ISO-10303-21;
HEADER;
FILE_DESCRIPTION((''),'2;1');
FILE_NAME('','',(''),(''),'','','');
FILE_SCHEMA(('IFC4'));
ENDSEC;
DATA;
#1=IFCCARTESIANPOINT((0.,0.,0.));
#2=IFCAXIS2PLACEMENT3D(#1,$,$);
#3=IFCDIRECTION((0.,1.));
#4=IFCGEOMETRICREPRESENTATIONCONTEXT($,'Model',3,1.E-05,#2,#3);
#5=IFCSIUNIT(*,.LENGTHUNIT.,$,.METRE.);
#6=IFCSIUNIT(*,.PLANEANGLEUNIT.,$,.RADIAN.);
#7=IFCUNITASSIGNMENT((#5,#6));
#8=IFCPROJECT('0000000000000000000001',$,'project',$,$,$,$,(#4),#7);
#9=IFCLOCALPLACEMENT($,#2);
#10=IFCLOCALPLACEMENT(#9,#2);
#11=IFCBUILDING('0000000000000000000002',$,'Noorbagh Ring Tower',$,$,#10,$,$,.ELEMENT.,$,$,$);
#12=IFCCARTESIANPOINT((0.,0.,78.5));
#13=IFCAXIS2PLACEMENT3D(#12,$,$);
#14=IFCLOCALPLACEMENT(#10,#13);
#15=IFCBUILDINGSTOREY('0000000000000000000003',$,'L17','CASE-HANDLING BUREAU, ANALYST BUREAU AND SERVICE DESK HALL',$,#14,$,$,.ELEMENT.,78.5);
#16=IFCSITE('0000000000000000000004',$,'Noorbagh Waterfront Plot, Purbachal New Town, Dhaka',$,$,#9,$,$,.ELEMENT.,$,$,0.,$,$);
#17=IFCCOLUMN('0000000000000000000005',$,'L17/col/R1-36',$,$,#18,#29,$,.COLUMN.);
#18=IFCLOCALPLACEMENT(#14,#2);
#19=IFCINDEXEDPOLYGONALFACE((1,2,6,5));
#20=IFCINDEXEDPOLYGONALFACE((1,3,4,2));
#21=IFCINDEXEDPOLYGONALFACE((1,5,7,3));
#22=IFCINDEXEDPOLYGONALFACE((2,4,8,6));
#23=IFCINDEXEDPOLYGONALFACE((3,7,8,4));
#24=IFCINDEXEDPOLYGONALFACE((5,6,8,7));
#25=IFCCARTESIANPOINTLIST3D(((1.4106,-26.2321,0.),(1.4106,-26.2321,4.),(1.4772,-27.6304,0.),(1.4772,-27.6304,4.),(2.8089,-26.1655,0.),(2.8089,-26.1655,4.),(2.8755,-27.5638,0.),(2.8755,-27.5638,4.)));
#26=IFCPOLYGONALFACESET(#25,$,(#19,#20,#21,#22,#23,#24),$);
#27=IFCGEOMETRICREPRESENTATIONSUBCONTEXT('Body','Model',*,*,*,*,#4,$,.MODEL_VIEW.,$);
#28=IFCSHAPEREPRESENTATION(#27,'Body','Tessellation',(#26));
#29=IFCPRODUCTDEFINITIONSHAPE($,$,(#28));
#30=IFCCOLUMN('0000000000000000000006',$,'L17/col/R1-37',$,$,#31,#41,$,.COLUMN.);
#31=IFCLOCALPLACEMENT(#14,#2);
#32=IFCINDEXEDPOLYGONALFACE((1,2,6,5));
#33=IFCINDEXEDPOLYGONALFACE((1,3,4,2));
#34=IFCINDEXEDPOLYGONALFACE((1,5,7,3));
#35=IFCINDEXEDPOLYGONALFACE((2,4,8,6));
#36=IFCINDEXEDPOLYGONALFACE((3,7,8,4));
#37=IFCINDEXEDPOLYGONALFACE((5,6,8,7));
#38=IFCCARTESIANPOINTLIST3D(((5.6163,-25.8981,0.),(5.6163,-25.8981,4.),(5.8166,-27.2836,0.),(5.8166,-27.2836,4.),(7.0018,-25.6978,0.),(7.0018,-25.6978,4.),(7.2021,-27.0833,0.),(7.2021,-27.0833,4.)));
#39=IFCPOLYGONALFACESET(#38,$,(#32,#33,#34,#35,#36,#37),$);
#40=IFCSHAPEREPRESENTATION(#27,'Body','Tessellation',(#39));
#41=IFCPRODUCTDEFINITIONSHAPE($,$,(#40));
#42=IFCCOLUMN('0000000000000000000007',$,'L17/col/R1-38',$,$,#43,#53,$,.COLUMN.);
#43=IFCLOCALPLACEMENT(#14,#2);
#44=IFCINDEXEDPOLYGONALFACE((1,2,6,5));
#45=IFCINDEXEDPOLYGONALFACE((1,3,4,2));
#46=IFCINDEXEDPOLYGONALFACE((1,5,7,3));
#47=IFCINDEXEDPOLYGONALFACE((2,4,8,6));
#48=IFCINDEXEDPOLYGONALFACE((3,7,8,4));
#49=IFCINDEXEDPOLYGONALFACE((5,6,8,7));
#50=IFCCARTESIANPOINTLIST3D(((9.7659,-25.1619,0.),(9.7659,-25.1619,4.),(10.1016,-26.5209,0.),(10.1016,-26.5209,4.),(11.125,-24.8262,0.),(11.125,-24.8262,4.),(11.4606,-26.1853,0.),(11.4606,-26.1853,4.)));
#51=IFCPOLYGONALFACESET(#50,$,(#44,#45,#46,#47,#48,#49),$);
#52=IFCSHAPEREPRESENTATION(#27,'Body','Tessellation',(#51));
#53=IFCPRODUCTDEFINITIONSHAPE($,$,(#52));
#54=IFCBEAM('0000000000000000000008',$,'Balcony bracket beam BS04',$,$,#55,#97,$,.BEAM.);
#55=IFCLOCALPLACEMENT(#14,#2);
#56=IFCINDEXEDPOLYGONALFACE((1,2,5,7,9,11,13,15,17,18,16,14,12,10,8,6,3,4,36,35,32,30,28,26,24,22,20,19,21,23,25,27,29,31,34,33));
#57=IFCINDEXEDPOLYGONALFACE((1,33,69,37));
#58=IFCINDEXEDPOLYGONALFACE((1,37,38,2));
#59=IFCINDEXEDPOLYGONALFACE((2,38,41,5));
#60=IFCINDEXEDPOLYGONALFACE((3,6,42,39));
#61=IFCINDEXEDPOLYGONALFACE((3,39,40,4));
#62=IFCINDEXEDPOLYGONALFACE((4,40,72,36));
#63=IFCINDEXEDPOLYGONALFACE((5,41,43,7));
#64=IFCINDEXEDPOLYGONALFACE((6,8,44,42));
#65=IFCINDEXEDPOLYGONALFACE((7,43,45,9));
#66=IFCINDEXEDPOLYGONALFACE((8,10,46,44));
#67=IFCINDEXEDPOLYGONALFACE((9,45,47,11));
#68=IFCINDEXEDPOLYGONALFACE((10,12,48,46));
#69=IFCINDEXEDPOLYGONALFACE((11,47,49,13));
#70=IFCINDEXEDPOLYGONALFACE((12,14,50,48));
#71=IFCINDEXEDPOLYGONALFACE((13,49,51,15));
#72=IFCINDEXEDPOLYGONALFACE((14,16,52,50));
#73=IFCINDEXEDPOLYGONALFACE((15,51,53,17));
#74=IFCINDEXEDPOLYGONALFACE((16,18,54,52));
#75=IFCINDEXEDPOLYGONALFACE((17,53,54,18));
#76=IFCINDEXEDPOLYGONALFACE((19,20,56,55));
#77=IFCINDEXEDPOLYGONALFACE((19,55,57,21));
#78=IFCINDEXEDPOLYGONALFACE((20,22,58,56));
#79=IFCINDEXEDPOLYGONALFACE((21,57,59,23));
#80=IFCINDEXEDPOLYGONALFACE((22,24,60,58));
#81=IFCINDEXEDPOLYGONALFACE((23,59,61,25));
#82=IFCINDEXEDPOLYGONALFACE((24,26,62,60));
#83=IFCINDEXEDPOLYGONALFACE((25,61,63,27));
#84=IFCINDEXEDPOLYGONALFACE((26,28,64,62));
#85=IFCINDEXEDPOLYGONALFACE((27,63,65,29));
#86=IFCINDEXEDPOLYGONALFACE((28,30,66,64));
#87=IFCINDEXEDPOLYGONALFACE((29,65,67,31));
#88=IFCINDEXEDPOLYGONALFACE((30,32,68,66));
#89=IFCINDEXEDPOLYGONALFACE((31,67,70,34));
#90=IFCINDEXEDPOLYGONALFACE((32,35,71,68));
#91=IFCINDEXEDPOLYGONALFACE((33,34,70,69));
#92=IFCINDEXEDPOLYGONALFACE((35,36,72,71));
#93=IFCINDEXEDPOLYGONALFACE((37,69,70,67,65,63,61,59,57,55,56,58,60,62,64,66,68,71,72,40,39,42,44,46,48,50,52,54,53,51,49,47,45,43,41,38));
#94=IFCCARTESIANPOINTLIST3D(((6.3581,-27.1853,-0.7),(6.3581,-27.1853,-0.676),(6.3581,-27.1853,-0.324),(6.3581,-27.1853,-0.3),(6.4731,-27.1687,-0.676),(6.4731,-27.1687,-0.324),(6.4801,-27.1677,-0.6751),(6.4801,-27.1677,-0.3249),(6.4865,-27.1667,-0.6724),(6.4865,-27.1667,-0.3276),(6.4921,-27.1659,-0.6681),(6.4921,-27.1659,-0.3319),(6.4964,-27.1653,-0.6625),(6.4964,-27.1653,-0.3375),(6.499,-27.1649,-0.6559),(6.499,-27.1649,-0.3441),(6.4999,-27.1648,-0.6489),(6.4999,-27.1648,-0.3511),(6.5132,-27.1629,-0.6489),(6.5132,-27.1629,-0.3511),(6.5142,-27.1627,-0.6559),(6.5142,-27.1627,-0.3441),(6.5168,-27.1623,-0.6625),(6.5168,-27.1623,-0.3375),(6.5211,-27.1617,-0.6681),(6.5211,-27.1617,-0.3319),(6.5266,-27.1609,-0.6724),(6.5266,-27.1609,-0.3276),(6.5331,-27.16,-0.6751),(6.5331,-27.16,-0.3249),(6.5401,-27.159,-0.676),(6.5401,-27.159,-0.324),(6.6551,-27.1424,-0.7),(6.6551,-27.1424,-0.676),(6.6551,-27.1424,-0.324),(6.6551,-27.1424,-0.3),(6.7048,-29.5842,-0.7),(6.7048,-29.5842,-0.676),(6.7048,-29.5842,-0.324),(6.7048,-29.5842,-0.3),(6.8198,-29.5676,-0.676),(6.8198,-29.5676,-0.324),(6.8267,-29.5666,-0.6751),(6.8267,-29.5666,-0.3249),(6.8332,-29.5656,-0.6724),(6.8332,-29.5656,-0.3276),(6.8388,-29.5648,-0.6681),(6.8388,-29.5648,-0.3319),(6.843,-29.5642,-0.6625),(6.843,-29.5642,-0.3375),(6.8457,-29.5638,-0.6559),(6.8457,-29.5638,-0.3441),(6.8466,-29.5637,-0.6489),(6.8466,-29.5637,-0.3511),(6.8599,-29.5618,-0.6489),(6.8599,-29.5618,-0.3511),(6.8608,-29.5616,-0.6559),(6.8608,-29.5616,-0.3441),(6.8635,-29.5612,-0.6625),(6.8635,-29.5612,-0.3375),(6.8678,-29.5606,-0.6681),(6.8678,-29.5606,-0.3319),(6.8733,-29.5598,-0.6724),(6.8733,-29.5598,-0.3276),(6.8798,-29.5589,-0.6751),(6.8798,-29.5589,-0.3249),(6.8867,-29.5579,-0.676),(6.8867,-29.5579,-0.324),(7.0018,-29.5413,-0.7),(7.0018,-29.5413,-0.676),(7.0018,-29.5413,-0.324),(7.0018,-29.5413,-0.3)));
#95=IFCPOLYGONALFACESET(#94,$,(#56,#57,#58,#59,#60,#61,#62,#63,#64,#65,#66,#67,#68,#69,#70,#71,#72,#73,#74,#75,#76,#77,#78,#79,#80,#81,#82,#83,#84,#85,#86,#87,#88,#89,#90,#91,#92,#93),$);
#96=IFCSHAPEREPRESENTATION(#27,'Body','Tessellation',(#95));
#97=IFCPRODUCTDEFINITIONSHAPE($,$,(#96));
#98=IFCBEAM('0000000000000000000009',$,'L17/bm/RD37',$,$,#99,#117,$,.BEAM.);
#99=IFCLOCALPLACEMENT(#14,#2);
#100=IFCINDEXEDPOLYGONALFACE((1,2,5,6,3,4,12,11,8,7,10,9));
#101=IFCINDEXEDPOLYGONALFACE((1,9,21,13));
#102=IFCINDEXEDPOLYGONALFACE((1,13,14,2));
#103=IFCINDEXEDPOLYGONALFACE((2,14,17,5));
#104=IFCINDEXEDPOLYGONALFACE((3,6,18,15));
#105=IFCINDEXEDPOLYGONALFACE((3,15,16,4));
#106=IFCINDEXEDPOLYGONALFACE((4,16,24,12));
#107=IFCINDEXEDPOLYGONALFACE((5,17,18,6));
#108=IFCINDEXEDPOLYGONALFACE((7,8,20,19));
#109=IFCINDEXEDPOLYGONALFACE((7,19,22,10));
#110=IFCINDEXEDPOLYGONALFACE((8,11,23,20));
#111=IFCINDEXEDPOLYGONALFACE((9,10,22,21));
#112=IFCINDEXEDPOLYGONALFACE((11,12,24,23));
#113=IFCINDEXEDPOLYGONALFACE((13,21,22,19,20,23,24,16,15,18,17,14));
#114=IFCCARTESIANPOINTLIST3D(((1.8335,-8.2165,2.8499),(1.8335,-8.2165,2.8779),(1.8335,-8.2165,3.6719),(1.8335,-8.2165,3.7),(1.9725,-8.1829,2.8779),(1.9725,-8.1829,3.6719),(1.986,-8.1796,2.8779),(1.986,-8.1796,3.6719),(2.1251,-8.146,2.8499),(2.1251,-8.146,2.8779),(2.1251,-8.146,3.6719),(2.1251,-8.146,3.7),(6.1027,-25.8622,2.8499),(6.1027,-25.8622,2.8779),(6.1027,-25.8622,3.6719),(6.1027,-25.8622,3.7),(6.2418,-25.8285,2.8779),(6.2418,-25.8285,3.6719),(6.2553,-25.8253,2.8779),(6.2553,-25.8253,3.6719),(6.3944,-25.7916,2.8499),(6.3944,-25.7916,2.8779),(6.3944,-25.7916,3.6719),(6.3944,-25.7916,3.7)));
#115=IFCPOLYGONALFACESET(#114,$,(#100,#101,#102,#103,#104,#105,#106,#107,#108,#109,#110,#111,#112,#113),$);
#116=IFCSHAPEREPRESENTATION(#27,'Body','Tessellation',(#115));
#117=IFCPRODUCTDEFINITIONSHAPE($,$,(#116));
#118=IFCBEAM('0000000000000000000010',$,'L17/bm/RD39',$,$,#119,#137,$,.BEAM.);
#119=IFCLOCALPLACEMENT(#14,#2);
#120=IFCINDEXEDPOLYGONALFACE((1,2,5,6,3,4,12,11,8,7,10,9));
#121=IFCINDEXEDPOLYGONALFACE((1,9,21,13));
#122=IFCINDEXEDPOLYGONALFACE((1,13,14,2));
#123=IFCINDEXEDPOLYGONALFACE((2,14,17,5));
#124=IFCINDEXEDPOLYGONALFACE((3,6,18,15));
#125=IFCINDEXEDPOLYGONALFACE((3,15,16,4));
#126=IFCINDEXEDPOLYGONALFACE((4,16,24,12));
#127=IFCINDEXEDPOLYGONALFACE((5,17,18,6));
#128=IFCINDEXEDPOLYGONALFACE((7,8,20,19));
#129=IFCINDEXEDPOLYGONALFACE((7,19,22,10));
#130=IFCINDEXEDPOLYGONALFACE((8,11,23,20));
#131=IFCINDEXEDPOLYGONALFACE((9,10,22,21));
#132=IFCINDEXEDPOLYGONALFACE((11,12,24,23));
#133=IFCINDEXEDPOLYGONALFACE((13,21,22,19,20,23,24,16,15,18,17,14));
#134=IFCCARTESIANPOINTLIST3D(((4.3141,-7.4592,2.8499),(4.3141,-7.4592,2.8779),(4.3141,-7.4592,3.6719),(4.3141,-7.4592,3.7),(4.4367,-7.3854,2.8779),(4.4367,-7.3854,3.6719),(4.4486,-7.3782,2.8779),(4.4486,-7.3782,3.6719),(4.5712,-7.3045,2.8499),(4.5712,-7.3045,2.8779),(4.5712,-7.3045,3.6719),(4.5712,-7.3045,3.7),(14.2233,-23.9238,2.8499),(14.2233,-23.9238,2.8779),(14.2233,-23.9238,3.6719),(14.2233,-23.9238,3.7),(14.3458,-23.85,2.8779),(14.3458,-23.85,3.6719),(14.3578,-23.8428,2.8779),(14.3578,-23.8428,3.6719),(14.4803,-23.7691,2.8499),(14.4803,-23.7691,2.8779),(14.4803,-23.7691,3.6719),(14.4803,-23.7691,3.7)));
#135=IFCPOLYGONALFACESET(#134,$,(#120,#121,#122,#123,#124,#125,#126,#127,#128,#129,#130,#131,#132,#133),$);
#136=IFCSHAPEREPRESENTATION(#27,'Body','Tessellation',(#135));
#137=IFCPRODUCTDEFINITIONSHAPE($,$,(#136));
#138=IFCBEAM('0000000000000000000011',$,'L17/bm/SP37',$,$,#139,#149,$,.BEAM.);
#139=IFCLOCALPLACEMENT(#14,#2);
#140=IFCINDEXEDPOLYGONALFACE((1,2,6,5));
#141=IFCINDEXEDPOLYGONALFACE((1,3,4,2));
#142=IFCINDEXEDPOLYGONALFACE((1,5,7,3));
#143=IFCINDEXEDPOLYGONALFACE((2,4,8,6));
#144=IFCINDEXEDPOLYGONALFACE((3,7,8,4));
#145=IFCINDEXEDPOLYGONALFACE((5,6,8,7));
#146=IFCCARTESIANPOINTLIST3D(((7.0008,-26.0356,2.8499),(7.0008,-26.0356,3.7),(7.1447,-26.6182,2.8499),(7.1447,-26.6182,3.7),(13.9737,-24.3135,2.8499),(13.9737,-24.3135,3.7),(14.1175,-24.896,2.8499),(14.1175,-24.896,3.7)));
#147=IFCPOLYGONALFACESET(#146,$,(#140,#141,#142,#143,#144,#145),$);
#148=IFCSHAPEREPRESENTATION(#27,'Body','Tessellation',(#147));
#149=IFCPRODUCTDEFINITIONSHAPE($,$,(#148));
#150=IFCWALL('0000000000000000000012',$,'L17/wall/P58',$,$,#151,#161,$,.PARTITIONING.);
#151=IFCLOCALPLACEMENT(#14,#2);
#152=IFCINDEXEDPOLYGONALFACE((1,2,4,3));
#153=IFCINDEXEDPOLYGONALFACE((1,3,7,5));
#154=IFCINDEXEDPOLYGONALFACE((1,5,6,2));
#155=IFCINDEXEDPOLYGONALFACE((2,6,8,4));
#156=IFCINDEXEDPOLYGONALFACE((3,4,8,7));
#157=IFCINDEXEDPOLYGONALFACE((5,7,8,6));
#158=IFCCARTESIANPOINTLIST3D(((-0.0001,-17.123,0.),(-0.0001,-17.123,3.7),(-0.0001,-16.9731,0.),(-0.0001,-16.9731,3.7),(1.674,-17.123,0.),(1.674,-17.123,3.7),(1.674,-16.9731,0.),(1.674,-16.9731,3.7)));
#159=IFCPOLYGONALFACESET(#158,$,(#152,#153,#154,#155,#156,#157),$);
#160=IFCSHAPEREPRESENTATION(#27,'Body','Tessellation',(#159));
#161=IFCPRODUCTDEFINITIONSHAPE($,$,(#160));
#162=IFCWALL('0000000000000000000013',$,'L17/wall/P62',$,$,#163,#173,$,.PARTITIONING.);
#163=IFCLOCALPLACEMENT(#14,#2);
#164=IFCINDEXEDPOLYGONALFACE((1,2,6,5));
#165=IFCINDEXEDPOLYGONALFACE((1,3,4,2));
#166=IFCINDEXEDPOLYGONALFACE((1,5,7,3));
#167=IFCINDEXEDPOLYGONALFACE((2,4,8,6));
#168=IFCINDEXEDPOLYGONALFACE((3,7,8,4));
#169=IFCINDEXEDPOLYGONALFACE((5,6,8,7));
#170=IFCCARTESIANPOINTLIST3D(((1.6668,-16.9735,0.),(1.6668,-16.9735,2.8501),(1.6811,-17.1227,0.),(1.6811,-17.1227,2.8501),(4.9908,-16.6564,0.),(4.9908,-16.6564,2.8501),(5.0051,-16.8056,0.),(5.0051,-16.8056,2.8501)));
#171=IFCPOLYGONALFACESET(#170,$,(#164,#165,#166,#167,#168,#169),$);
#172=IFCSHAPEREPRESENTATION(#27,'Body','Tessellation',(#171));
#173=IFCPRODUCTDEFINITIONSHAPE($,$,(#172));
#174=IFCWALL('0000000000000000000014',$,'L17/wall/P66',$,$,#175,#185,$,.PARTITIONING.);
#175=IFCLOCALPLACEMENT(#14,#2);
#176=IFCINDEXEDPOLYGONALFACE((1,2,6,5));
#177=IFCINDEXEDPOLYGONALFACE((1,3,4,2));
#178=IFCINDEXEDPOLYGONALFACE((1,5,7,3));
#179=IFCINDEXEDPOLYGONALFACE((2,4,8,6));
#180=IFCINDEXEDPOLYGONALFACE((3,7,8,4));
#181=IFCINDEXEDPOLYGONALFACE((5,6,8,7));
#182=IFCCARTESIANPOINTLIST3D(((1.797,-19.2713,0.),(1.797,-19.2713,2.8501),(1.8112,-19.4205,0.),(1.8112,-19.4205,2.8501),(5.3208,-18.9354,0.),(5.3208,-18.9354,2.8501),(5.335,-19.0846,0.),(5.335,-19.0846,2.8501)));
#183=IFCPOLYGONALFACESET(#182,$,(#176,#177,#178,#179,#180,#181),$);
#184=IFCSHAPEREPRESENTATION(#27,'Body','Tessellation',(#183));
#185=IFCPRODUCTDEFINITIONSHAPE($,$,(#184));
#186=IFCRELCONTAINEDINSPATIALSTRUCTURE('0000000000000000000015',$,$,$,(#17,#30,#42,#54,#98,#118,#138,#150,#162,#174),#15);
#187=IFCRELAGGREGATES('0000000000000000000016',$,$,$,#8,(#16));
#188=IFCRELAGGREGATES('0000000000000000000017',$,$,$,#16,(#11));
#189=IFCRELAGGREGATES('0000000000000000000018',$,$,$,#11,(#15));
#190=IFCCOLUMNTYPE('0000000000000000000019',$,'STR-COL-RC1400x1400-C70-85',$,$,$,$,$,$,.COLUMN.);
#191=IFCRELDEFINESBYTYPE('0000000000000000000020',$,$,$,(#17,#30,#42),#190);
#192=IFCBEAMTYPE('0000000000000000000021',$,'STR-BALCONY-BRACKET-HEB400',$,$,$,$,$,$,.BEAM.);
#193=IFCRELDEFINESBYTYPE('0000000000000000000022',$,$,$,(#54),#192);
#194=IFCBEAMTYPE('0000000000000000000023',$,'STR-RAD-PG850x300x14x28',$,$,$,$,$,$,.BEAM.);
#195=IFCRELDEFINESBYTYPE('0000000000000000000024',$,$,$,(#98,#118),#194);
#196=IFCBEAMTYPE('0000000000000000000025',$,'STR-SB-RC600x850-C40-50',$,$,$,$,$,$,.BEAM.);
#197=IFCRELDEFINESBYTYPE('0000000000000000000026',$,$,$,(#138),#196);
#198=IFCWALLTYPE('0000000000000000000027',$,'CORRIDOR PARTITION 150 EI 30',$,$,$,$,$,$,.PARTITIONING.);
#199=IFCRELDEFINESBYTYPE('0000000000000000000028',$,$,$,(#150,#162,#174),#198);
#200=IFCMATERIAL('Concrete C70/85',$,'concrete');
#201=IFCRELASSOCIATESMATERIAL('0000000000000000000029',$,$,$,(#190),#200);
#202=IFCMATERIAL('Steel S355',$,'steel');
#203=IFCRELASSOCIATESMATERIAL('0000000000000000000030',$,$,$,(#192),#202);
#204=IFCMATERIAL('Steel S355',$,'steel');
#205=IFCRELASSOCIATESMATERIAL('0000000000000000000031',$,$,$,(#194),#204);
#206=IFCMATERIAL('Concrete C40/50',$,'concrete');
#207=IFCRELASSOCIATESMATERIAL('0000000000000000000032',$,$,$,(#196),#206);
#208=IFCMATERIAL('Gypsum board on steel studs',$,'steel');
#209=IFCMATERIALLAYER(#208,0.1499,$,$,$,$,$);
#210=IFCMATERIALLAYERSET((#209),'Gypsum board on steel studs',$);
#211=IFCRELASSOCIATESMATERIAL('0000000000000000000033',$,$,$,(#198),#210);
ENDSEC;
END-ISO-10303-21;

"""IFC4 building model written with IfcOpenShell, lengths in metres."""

from ifc_helpers import new_model, si_unit, direction, frame, frame_2d, origin, origin_2d, place, context, subcontext, project, spatial, rectangle, i_section, extrude, material, layer, layer_set, material_profile, profile_set, type_object, element, save


model = new_model("IFC4")

# Units and contexts
model_context = context("Model", 3, precision=1e-05, world=origin(), true_north=direction((0.0, 1.0)))
body_context = subcontext(model_context, "Body", "Model", "MODEL_VIEW")
ifc_project = project(units=[si_unit("LENGTHUNIT", "METRE"), si_unit("PLANEANGLEUNIT", "RADIAN")], contexts=[model_context])

# Site, building, storey
site_placement = place(None, origin())
site = spatial("IfcSite", under=ifc_project, at=site_placement, Name="Noorbagh Waterfront Plot, Purbachal New Town, Dhaka", CompositionType="ELEMENT", RefElevation=0.0)
building_placement = place(site_placement, origin())
building = spatial("IfcBuilding", under=site, at=building_placement, Name="Noorbagh Ring Tower", CompositionType="ELEMENT")
storey_placement = place(building_placement, frame((0.0, 0.0, 78.5)))
storey = spatial("IfcBuildingStorey", under=building, at=storey_placement, Name="L17", Description="CASE-HANDLING BUREAU, ANALYST BUREAU AND SERVICE DESK HALL", CompositionType="ELEMENT", Elevation=78.5)

# Columns
ifc_material_1 = material(Name="Concrete C70/85", Category="concrete")
ifc_material_profile_1 = material_profile(ifc_material_1, rectangle(XDim=1.3999, YDim=1.3999, at=origin_2d()), Name="RC1400x1400")
ifc_profile_set_1 = profile_set([ifc_material_profile_1], Name="Concrete C70/85")
column_type = type_object("IfcColumnType", Name="STR-COL-RC1400x1400-C70-85", PredefinedType="COLUMN", material=ifc_profile_set_1)
for number, where, z_axis, x_axis, name in (
    (1, (2.1431, -26.8979, 0.0), (0.0, 0.0, 1.0), (0.998869, 0.047553, 0.0), "L17/col/R1-36"),
    (2, (6.4092, -26.4907, 0.0), (0.0, 0.0, 1.0), (0.989713, 0.143066, 0.0), "L17/col/R1-37"),
    (3, (10.6133, -25.6736, 0.0), (0.0, 0.0, 1.0), (0.970829, 0.239771, 0.0), "L17/col/R1-38"),
):
    element("IfcColumn", number, at=place(storey_placement, frame(where, z_axis=z_axis, x_axis=x_axis)), inside=storey, type_object=column_type, Name=name, PredefinedType="COLUMN", context=body_context, shape_type="SweptSolid", body=[
        extrude(rectangle(XDim=1.3999, YDim=1.3999, at=origin_2d()), origin(), (0.0, 0.0, 1.0), 4.0),
    ])

# Beams
ifc_material_2 = material(Name="Steel S355", Category="steel")
ifc_material_profile_2 = material_profile(ifc_material_2, i_section(OverallWidth=0.3, OverallDepth=0.3999, WebThickness=0.0134, FlangeThickness=0.0239, FilletRadius=0.0271, at=origin_2d()), Name="HEB400")
ifc_profile_set_2 = profile_set([ifc_material_profile_2], Name="Steel S355")
beam_type_1 = type_object("IfcBeamType", Name="STR-BALCONY-BRACKET-HEB400", PredefinedType="BEAM", material=ifc_profile_set_2)
beam_1_placement = place(storey_placement, frame((6.5066, -27.1638, -0.5), z_axis=(0.143029, -0.989719, 0.0), x_axis=(0.989719, 0.143029, 0.0)))
element("IfcBeam", 4, at=beam_1_placement, inside=storey, type_object=beam_type_1, Name="Balcony bracket beam BS04", PredefinedType="BEAM", context=body_context, shape_type="SweptSolid", body=[
    extrude(i_section(OverallWidth=0.3, OverallDepth=0.3999, WebThickness=0.0134, FlangeThickness=0.0239, FilletRadius=0.0271, at=origin_2d()), origin(), (0.0, 0.0, 1.0), 2.4238),
])
ifc_material_3 = material(Name="Steel S355", Category="steel")
ifc_material_profile_3 = material_profile(ifc_material_3, i_section(OverallWidth=0.3, OverallDepth=0.8501, WebThickness=0.0139, FlangeThickness=0.0281, at=origin_2d()), Name="PG850x300x14x28")
ifc_profile_set_3 = profile_set([ifc_material_profile_3], Name="Steel S355")
beam_type_2 = type_object("IfcBeamType", Name="STR-RAD-PG850x300x14x28", PredefinedType="BEAM", material=ifc_profile_set_3)
beam_2_placement = place(storey_placement, frame((6.2485, -25.8269, 3.2749), z_axis=(-0.235159, 0.971957, 0.0), x_axis=(-0.971957, -0.235159, 0.0)))
element("IfcBeam", 5, at=beam_2_placement, inside=storey, type_object=beam_type_2, Name="L17/bm/RD37", PredefinedType="BEAM", context=body_context, shape_type="SweptSolid", body=[
    extrude(i_section(OverallWidth=0.3, OverallDepth=0.8501, WebThickness=0.0139, FlangeThickness=0.0281, at=origin_2d()), origin(), (0.0, 0.0, 1.0), 18.1548),
])
beam_3_placement = place(storey_placement, frame((14.3518, -23.8464, 3.2749), z_axis=(-0.515659, 0.856794, 0.0), x_axis=(-0.856794, -0.515659, 0.0)))
element("IfcBeam", 6, at=beam_3_placement, inside=storey, type_object=beam_type_2, Name="L17/bm/RD39", PredefinedType="BEAM", context=body_context, shape_type="SweptSolid", body=[
    extrude(i_section(OverallWidth=0.3, OverallDepth=0.8501, WebThickness=0.0139, FlangeThickness=0.0281, at=origin_2d()), origin(), (0.0, 0.0, 1.0), 19.2166),
])
ifc_material_4 = material(Name="Concrete C40/50", Category="concrete")
ifc_material_profile_4 = material_profile(ifc_material_4, rectangle(XDim=0.6001, YDim=0.8501, at=origin_2d()), Name="RC600x850")
ifc_profile_set_4 = profile_set([ifc_material_profile_4], Name="Concrete C40/50")
beam_type_3 = type_object("IfcBeamType", Name="STR-SB-RC600x850-C40-50", PredefinedType="BEAM", material=ifc_profile_set_4)
beam_4_placement = place(storey_placement, frame((7.0728, -26.3269, 3.2749), z_axis=(0.970828, 0.239775, 0.0), x_axis=(-0.239775, 0.970828, 0.0)))
element("IfcBeam", 7, at=beam_4_placement, inside=storey, type_object=beam_type_3, Name="L17/bm/SP37", PredefinedType="BEAM", context=body_context, shape_type="SweptSolid", body=[
    extrude(rectangle(XDim=0.6001, YDim=0.8501, at=origin_2d()), origin(), (0.0, 0.0, 1.0), 7.1824),
])

# Walls
ifc_material_5 = material(Name="Gypsum board on steel studs", Category="steel")
ifc_layer_1 = layer(ifc_material_5, 0.1499)
ifc_layer_set_1 = layer_set([ifc_layer_1], Name="Gypsum board on steel studs")
wall_type_1 = type_object("IfcWallType", Name="CORRIDOR PARTITION 150 EI 30", PredefinedType="PARTITIONING", material=ifc_layer_set_1)
wall_1_placement = place(storey_placement, frame((0.0, -17.0481, 0.0), z_axis=(0.0, 0.0, 1.0), x_axis=(1.0, 0.0, 0.0)))
element("IfcWall", 8, at=wall_1_placement, inside=storey, type_object=wall_type_1, Name="L17/wall/P58", PredefinedType="PARTITIONING", context=body_context, shape_type="SweptSolid", body=[
    extrude(rectangle(XDim=1.6741, YDim=0.1499, at=frame_2d((0.8369, 0.0))), origin(), (0.0, 0.0, 1.0), 3.7),
])
wall_2_placement = place(storey_placement, frame((1.6741, -17.0481, 0.0), z_axis=(0.0, 0.0, 1.0), x_axis=(0.995479, 0.094978, 0.0)))
element("IfcWall", 9, at=wall_2_placement, inside=storey, type_object=wall_type_1, Name="L17/wall/P62", PredefinedType="PARTITIONING", context=body_context, shape_type="SweptSolid", body=[
    extrude(rectangle(XDim=3.3391, YDim=0.1499, at=frame_2d((1.6694, 0.0))), origin(), (0.0, 0.0, 1.0), 2.8501),
])
wall_3_placement = place(storey_placement, frame((1.804, -19.3459, 0.0), z_axis=(0.0, 0.0, 1.0), x_axis=(0.995487, 0.0949, 0.0)))
element("IfcWall", 10, at=wall_3_placement, inside=storey, type_object=wall_type_1, Name="L17/wall/P66", PredefinedType="PARTITIONING", context=body_context, shape_type="SweptSolid", body=[
    extrude(rectangle(XDim=3.5398, YDim=0.1499, at=frame_2d((1.77, 0.0))), origin(), (0.0, 0.0, 1.0), 2.8501),
])

save(model, "model.ifc")
